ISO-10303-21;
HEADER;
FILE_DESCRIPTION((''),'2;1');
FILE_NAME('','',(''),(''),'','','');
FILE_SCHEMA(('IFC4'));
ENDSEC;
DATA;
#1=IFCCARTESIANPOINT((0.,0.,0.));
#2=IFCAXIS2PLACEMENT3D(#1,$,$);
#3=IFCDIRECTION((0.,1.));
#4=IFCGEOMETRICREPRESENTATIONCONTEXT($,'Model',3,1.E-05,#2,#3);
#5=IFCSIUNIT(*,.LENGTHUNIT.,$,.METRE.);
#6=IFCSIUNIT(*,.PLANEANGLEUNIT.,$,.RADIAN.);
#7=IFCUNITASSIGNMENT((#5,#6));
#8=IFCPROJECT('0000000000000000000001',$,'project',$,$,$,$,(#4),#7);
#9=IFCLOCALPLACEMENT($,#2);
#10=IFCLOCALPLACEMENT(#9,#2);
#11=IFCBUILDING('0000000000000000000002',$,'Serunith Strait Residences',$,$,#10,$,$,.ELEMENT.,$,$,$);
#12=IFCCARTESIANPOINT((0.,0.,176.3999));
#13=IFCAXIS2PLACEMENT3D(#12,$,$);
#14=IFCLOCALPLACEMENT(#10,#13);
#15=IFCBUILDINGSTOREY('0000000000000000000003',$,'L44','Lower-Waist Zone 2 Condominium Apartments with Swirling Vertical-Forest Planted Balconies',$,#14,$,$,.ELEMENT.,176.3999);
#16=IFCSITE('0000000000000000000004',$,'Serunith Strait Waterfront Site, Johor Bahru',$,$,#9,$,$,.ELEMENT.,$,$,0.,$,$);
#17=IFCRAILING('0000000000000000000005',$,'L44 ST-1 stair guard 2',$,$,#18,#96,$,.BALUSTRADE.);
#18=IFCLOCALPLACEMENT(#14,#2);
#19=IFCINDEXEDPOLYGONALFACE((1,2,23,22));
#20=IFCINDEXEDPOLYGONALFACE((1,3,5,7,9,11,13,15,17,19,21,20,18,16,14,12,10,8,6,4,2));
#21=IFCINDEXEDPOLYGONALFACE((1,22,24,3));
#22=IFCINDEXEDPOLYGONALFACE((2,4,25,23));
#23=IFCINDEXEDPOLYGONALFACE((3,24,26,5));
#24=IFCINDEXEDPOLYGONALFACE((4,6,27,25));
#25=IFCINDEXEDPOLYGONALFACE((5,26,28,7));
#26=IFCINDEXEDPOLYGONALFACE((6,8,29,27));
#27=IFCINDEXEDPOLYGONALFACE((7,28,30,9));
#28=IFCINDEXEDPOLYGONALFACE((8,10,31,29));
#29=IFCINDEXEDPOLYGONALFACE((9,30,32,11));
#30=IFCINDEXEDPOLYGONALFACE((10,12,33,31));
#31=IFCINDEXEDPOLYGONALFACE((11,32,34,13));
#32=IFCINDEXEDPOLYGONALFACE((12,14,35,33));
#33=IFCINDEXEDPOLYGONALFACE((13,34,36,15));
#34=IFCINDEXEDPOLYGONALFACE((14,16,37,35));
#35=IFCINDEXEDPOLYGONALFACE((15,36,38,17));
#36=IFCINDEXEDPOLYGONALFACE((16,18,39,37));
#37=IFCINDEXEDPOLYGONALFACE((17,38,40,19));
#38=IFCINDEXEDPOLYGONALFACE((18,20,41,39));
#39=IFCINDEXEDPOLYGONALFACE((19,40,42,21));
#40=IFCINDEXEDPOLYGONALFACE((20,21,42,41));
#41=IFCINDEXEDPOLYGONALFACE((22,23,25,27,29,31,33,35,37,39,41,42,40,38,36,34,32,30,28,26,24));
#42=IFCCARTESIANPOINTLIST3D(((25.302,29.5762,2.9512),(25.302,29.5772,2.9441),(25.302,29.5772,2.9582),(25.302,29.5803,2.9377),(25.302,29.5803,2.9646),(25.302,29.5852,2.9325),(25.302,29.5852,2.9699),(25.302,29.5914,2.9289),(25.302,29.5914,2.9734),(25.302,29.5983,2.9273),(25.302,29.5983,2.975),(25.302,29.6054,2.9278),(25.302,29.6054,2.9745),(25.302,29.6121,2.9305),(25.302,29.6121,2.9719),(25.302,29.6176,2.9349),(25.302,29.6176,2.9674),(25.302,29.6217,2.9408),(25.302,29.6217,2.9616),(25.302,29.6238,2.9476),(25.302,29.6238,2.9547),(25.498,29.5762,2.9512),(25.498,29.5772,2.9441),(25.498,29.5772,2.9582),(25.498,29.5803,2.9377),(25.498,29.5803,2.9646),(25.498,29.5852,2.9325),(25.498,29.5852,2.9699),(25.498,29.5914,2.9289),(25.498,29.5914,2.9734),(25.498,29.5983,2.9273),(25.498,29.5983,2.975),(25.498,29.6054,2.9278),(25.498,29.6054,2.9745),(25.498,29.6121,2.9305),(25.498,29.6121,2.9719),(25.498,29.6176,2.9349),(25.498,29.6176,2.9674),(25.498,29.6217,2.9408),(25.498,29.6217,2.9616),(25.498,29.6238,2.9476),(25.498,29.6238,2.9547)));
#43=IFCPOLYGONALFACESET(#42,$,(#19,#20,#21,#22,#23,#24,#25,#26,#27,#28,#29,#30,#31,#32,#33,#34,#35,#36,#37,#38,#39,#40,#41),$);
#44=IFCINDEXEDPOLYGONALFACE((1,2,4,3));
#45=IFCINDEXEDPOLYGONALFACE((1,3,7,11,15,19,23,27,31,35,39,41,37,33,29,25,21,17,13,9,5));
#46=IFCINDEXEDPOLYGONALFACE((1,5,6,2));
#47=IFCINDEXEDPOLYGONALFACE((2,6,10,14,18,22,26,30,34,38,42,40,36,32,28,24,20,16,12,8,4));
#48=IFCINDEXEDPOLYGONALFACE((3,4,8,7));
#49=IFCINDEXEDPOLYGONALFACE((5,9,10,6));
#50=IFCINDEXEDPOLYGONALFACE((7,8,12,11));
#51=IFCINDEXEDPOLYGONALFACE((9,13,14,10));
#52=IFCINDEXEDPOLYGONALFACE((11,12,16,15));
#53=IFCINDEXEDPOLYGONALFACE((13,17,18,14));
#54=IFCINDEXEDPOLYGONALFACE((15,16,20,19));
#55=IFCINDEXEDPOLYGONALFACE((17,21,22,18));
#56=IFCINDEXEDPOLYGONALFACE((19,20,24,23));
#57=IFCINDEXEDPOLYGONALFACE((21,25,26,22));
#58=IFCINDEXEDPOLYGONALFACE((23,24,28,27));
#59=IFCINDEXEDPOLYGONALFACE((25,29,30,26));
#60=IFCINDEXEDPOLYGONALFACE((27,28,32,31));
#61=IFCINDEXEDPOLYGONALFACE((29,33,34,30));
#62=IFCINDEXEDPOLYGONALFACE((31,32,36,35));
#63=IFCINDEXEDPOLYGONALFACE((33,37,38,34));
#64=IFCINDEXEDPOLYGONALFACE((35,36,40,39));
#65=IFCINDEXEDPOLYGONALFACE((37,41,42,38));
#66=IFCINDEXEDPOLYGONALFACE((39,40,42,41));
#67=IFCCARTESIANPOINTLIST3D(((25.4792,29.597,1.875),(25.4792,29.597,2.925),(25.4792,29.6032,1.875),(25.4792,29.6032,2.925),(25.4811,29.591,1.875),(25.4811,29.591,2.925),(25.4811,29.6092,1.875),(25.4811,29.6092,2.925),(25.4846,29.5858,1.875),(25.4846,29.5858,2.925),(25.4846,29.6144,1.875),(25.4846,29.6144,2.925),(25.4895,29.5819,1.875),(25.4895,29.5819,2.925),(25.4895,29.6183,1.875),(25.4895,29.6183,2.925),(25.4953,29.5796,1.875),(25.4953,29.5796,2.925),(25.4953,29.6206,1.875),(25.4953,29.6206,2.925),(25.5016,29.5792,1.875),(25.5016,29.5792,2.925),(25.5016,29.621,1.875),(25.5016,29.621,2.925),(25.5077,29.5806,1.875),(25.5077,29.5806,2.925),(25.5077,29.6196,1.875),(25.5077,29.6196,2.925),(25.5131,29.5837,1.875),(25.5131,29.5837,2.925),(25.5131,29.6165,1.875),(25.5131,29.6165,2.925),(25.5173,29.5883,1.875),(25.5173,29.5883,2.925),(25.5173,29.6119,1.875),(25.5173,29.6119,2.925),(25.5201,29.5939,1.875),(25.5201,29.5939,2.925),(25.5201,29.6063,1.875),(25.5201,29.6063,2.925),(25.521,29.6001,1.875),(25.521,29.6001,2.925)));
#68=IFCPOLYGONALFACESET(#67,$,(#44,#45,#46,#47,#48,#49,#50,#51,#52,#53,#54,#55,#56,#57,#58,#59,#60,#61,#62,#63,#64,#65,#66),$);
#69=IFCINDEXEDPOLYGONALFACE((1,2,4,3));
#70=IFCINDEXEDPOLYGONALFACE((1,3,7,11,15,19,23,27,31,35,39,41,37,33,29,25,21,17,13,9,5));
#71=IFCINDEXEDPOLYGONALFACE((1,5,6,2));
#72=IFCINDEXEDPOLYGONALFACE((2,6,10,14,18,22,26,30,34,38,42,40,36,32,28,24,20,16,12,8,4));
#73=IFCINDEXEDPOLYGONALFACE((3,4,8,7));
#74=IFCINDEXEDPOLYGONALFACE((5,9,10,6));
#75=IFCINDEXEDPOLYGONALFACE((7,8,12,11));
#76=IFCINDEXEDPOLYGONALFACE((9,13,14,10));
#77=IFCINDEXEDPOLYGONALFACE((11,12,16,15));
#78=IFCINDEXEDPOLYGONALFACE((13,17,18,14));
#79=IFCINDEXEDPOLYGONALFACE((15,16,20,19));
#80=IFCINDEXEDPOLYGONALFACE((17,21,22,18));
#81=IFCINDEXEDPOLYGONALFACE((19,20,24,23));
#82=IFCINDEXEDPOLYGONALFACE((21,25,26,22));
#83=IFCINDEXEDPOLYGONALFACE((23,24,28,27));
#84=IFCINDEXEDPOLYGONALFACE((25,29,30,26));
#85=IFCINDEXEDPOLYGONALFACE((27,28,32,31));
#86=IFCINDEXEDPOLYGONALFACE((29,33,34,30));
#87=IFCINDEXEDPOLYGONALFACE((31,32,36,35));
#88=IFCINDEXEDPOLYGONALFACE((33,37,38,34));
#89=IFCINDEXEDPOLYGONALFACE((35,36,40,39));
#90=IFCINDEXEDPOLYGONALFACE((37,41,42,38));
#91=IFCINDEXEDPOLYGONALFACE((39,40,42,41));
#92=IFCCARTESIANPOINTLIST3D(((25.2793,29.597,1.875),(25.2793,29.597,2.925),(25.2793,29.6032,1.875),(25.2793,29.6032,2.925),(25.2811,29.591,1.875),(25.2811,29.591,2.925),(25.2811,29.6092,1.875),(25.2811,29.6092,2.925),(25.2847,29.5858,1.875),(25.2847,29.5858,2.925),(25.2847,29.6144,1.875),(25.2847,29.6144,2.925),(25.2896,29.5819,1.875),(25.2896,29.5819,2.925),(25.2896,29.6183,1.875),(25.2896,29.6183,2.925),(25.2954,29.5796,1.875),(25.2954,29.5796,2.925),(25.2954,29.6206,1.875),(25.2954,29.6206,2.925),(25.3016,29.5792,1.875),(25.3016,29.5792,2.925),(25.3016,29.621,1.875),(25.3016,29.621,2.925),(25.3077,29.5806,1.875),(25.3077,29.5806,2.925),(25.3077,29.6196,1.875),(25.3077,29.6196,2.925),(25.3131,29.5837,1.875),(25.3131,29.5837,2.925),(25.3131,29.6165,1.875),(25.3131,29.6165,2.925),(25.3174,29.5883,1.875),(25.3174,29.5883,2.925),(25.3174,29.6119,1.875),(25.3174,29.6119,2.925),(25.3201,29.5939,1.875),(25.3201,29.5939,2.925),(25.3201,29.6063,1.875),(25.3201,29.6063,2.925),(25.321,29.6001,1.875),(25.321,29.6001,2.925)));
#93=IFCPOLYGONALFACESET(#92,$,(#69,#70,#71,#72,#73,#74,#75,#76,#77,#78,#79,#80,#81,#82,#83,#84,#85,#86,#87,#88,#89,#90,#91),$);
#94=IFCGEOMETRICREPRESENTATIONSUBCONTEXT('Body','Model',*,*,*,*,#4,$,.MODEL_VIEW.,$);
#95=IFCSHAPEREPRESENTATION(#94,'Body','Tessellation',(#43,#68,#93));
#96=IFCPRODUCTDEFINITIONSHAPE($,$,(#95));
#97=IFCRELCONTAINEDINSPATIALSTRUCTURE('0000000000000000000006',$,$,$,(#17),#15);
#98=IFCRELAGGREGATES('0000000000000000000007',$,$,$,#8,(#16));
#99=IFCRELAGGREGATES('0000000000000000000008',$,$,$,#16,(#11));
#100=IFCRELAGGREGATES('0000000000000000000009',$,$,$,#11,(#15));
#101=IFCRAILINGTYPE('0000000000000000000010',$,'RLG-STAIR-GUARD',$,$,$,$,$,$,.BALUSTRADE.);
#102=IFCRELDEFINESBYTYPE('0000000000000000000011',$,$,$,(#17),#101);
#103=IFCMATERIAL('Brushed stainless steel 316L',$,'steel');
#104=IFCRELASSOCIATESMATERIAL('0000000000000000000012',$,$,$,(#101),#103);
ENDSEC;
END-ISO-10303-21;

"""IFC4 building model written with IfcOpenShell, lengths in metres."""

from ifc_helpers import new_model, si_unit, direction, frame, origin, origin_2d, place, context, subcontext, project, spatial, circle, extrude, material, type_object, element, save


model = new_model("IFC4")

# Units and contexts
model_context = context("Model", 3, precision=1e-05, world=origin(), true_north=direction((0.0, 1.0)))
body_context = subcontext(model_context, "Body", "Model", "MODEL_VIEW")
ifc_project = project(units=[si_unit("LENGTHUNIT", "METRE"), si_unit("PLANEANGLEUNIT", "RADIAN")], contexts=[model_context])

# Site, building, storey
site_placement = place(None, origin())
site = spatial("IfcSite", under=ifc_project, at=site_placement, Name="Serunith Strait Waterfront Site, Johor Bahru", CompositionType="ELEMENT", RefElevation=0.0)
building_placement = place(site_placement, origin())
building = spatial("IfcBuilding", under=site, at=building_placement, Name="Serunith Strait Residences", CompositionType="ELEMENT")
storey_placement = place(building_placement, frame((0.0, 0.0, 176.3999)))
storey = spatial("IfcBuildingStorey", under=building, at=storey_placement, Name="L44", Description="Lower-Waist Zone 2 Condominium Apartments with Swirling Vertical-Forest Planted Balconies", CompositionType="ELEMENT", Elevation=176.3999)

# Railing
ifc_material_1 = material(Name="Brushed stainless steel 316L", Category="steel")
railing_type_1 = type_object("IfcRailingType", Name="RLG-STAIR-GUARD", PredefinedType="BALUSTRADE", material=ifc_material_1)
railing_1_placement = place(storey_placement, frame((25.5, 29.6001, 1.875)))
element("IfcRailing", 1, at=railing_1_placement, inside=storey, type_object=railing_type_1, Name="L44 ST-1 stair guard 2", PredefinedType="BALUSTRADE", context=body_context, shape_type="SweptSolid", body=[
    extrude(circle(Radius=0.0239, at=origin_2d()), frame((-0.002, 0.0, 1.0762), z_axis=(-1.0, 0.0, 0.0), x_axis=(0.0, -1.0, 0.0)), (0.0, 0.0, 1.0), 0.196),
    extrude(circle(Radius=0.021, at=origin_2d()), origin(), (0.0, 0.0, 1.0), 1.05),
    extrude(circle(Radius=0.021, at=origin_2d()), frame((-0.2, 0.0, 0.0)), (0.0, 0.0, 1.0), 1.05),
])

save(model, "model.ifc")
